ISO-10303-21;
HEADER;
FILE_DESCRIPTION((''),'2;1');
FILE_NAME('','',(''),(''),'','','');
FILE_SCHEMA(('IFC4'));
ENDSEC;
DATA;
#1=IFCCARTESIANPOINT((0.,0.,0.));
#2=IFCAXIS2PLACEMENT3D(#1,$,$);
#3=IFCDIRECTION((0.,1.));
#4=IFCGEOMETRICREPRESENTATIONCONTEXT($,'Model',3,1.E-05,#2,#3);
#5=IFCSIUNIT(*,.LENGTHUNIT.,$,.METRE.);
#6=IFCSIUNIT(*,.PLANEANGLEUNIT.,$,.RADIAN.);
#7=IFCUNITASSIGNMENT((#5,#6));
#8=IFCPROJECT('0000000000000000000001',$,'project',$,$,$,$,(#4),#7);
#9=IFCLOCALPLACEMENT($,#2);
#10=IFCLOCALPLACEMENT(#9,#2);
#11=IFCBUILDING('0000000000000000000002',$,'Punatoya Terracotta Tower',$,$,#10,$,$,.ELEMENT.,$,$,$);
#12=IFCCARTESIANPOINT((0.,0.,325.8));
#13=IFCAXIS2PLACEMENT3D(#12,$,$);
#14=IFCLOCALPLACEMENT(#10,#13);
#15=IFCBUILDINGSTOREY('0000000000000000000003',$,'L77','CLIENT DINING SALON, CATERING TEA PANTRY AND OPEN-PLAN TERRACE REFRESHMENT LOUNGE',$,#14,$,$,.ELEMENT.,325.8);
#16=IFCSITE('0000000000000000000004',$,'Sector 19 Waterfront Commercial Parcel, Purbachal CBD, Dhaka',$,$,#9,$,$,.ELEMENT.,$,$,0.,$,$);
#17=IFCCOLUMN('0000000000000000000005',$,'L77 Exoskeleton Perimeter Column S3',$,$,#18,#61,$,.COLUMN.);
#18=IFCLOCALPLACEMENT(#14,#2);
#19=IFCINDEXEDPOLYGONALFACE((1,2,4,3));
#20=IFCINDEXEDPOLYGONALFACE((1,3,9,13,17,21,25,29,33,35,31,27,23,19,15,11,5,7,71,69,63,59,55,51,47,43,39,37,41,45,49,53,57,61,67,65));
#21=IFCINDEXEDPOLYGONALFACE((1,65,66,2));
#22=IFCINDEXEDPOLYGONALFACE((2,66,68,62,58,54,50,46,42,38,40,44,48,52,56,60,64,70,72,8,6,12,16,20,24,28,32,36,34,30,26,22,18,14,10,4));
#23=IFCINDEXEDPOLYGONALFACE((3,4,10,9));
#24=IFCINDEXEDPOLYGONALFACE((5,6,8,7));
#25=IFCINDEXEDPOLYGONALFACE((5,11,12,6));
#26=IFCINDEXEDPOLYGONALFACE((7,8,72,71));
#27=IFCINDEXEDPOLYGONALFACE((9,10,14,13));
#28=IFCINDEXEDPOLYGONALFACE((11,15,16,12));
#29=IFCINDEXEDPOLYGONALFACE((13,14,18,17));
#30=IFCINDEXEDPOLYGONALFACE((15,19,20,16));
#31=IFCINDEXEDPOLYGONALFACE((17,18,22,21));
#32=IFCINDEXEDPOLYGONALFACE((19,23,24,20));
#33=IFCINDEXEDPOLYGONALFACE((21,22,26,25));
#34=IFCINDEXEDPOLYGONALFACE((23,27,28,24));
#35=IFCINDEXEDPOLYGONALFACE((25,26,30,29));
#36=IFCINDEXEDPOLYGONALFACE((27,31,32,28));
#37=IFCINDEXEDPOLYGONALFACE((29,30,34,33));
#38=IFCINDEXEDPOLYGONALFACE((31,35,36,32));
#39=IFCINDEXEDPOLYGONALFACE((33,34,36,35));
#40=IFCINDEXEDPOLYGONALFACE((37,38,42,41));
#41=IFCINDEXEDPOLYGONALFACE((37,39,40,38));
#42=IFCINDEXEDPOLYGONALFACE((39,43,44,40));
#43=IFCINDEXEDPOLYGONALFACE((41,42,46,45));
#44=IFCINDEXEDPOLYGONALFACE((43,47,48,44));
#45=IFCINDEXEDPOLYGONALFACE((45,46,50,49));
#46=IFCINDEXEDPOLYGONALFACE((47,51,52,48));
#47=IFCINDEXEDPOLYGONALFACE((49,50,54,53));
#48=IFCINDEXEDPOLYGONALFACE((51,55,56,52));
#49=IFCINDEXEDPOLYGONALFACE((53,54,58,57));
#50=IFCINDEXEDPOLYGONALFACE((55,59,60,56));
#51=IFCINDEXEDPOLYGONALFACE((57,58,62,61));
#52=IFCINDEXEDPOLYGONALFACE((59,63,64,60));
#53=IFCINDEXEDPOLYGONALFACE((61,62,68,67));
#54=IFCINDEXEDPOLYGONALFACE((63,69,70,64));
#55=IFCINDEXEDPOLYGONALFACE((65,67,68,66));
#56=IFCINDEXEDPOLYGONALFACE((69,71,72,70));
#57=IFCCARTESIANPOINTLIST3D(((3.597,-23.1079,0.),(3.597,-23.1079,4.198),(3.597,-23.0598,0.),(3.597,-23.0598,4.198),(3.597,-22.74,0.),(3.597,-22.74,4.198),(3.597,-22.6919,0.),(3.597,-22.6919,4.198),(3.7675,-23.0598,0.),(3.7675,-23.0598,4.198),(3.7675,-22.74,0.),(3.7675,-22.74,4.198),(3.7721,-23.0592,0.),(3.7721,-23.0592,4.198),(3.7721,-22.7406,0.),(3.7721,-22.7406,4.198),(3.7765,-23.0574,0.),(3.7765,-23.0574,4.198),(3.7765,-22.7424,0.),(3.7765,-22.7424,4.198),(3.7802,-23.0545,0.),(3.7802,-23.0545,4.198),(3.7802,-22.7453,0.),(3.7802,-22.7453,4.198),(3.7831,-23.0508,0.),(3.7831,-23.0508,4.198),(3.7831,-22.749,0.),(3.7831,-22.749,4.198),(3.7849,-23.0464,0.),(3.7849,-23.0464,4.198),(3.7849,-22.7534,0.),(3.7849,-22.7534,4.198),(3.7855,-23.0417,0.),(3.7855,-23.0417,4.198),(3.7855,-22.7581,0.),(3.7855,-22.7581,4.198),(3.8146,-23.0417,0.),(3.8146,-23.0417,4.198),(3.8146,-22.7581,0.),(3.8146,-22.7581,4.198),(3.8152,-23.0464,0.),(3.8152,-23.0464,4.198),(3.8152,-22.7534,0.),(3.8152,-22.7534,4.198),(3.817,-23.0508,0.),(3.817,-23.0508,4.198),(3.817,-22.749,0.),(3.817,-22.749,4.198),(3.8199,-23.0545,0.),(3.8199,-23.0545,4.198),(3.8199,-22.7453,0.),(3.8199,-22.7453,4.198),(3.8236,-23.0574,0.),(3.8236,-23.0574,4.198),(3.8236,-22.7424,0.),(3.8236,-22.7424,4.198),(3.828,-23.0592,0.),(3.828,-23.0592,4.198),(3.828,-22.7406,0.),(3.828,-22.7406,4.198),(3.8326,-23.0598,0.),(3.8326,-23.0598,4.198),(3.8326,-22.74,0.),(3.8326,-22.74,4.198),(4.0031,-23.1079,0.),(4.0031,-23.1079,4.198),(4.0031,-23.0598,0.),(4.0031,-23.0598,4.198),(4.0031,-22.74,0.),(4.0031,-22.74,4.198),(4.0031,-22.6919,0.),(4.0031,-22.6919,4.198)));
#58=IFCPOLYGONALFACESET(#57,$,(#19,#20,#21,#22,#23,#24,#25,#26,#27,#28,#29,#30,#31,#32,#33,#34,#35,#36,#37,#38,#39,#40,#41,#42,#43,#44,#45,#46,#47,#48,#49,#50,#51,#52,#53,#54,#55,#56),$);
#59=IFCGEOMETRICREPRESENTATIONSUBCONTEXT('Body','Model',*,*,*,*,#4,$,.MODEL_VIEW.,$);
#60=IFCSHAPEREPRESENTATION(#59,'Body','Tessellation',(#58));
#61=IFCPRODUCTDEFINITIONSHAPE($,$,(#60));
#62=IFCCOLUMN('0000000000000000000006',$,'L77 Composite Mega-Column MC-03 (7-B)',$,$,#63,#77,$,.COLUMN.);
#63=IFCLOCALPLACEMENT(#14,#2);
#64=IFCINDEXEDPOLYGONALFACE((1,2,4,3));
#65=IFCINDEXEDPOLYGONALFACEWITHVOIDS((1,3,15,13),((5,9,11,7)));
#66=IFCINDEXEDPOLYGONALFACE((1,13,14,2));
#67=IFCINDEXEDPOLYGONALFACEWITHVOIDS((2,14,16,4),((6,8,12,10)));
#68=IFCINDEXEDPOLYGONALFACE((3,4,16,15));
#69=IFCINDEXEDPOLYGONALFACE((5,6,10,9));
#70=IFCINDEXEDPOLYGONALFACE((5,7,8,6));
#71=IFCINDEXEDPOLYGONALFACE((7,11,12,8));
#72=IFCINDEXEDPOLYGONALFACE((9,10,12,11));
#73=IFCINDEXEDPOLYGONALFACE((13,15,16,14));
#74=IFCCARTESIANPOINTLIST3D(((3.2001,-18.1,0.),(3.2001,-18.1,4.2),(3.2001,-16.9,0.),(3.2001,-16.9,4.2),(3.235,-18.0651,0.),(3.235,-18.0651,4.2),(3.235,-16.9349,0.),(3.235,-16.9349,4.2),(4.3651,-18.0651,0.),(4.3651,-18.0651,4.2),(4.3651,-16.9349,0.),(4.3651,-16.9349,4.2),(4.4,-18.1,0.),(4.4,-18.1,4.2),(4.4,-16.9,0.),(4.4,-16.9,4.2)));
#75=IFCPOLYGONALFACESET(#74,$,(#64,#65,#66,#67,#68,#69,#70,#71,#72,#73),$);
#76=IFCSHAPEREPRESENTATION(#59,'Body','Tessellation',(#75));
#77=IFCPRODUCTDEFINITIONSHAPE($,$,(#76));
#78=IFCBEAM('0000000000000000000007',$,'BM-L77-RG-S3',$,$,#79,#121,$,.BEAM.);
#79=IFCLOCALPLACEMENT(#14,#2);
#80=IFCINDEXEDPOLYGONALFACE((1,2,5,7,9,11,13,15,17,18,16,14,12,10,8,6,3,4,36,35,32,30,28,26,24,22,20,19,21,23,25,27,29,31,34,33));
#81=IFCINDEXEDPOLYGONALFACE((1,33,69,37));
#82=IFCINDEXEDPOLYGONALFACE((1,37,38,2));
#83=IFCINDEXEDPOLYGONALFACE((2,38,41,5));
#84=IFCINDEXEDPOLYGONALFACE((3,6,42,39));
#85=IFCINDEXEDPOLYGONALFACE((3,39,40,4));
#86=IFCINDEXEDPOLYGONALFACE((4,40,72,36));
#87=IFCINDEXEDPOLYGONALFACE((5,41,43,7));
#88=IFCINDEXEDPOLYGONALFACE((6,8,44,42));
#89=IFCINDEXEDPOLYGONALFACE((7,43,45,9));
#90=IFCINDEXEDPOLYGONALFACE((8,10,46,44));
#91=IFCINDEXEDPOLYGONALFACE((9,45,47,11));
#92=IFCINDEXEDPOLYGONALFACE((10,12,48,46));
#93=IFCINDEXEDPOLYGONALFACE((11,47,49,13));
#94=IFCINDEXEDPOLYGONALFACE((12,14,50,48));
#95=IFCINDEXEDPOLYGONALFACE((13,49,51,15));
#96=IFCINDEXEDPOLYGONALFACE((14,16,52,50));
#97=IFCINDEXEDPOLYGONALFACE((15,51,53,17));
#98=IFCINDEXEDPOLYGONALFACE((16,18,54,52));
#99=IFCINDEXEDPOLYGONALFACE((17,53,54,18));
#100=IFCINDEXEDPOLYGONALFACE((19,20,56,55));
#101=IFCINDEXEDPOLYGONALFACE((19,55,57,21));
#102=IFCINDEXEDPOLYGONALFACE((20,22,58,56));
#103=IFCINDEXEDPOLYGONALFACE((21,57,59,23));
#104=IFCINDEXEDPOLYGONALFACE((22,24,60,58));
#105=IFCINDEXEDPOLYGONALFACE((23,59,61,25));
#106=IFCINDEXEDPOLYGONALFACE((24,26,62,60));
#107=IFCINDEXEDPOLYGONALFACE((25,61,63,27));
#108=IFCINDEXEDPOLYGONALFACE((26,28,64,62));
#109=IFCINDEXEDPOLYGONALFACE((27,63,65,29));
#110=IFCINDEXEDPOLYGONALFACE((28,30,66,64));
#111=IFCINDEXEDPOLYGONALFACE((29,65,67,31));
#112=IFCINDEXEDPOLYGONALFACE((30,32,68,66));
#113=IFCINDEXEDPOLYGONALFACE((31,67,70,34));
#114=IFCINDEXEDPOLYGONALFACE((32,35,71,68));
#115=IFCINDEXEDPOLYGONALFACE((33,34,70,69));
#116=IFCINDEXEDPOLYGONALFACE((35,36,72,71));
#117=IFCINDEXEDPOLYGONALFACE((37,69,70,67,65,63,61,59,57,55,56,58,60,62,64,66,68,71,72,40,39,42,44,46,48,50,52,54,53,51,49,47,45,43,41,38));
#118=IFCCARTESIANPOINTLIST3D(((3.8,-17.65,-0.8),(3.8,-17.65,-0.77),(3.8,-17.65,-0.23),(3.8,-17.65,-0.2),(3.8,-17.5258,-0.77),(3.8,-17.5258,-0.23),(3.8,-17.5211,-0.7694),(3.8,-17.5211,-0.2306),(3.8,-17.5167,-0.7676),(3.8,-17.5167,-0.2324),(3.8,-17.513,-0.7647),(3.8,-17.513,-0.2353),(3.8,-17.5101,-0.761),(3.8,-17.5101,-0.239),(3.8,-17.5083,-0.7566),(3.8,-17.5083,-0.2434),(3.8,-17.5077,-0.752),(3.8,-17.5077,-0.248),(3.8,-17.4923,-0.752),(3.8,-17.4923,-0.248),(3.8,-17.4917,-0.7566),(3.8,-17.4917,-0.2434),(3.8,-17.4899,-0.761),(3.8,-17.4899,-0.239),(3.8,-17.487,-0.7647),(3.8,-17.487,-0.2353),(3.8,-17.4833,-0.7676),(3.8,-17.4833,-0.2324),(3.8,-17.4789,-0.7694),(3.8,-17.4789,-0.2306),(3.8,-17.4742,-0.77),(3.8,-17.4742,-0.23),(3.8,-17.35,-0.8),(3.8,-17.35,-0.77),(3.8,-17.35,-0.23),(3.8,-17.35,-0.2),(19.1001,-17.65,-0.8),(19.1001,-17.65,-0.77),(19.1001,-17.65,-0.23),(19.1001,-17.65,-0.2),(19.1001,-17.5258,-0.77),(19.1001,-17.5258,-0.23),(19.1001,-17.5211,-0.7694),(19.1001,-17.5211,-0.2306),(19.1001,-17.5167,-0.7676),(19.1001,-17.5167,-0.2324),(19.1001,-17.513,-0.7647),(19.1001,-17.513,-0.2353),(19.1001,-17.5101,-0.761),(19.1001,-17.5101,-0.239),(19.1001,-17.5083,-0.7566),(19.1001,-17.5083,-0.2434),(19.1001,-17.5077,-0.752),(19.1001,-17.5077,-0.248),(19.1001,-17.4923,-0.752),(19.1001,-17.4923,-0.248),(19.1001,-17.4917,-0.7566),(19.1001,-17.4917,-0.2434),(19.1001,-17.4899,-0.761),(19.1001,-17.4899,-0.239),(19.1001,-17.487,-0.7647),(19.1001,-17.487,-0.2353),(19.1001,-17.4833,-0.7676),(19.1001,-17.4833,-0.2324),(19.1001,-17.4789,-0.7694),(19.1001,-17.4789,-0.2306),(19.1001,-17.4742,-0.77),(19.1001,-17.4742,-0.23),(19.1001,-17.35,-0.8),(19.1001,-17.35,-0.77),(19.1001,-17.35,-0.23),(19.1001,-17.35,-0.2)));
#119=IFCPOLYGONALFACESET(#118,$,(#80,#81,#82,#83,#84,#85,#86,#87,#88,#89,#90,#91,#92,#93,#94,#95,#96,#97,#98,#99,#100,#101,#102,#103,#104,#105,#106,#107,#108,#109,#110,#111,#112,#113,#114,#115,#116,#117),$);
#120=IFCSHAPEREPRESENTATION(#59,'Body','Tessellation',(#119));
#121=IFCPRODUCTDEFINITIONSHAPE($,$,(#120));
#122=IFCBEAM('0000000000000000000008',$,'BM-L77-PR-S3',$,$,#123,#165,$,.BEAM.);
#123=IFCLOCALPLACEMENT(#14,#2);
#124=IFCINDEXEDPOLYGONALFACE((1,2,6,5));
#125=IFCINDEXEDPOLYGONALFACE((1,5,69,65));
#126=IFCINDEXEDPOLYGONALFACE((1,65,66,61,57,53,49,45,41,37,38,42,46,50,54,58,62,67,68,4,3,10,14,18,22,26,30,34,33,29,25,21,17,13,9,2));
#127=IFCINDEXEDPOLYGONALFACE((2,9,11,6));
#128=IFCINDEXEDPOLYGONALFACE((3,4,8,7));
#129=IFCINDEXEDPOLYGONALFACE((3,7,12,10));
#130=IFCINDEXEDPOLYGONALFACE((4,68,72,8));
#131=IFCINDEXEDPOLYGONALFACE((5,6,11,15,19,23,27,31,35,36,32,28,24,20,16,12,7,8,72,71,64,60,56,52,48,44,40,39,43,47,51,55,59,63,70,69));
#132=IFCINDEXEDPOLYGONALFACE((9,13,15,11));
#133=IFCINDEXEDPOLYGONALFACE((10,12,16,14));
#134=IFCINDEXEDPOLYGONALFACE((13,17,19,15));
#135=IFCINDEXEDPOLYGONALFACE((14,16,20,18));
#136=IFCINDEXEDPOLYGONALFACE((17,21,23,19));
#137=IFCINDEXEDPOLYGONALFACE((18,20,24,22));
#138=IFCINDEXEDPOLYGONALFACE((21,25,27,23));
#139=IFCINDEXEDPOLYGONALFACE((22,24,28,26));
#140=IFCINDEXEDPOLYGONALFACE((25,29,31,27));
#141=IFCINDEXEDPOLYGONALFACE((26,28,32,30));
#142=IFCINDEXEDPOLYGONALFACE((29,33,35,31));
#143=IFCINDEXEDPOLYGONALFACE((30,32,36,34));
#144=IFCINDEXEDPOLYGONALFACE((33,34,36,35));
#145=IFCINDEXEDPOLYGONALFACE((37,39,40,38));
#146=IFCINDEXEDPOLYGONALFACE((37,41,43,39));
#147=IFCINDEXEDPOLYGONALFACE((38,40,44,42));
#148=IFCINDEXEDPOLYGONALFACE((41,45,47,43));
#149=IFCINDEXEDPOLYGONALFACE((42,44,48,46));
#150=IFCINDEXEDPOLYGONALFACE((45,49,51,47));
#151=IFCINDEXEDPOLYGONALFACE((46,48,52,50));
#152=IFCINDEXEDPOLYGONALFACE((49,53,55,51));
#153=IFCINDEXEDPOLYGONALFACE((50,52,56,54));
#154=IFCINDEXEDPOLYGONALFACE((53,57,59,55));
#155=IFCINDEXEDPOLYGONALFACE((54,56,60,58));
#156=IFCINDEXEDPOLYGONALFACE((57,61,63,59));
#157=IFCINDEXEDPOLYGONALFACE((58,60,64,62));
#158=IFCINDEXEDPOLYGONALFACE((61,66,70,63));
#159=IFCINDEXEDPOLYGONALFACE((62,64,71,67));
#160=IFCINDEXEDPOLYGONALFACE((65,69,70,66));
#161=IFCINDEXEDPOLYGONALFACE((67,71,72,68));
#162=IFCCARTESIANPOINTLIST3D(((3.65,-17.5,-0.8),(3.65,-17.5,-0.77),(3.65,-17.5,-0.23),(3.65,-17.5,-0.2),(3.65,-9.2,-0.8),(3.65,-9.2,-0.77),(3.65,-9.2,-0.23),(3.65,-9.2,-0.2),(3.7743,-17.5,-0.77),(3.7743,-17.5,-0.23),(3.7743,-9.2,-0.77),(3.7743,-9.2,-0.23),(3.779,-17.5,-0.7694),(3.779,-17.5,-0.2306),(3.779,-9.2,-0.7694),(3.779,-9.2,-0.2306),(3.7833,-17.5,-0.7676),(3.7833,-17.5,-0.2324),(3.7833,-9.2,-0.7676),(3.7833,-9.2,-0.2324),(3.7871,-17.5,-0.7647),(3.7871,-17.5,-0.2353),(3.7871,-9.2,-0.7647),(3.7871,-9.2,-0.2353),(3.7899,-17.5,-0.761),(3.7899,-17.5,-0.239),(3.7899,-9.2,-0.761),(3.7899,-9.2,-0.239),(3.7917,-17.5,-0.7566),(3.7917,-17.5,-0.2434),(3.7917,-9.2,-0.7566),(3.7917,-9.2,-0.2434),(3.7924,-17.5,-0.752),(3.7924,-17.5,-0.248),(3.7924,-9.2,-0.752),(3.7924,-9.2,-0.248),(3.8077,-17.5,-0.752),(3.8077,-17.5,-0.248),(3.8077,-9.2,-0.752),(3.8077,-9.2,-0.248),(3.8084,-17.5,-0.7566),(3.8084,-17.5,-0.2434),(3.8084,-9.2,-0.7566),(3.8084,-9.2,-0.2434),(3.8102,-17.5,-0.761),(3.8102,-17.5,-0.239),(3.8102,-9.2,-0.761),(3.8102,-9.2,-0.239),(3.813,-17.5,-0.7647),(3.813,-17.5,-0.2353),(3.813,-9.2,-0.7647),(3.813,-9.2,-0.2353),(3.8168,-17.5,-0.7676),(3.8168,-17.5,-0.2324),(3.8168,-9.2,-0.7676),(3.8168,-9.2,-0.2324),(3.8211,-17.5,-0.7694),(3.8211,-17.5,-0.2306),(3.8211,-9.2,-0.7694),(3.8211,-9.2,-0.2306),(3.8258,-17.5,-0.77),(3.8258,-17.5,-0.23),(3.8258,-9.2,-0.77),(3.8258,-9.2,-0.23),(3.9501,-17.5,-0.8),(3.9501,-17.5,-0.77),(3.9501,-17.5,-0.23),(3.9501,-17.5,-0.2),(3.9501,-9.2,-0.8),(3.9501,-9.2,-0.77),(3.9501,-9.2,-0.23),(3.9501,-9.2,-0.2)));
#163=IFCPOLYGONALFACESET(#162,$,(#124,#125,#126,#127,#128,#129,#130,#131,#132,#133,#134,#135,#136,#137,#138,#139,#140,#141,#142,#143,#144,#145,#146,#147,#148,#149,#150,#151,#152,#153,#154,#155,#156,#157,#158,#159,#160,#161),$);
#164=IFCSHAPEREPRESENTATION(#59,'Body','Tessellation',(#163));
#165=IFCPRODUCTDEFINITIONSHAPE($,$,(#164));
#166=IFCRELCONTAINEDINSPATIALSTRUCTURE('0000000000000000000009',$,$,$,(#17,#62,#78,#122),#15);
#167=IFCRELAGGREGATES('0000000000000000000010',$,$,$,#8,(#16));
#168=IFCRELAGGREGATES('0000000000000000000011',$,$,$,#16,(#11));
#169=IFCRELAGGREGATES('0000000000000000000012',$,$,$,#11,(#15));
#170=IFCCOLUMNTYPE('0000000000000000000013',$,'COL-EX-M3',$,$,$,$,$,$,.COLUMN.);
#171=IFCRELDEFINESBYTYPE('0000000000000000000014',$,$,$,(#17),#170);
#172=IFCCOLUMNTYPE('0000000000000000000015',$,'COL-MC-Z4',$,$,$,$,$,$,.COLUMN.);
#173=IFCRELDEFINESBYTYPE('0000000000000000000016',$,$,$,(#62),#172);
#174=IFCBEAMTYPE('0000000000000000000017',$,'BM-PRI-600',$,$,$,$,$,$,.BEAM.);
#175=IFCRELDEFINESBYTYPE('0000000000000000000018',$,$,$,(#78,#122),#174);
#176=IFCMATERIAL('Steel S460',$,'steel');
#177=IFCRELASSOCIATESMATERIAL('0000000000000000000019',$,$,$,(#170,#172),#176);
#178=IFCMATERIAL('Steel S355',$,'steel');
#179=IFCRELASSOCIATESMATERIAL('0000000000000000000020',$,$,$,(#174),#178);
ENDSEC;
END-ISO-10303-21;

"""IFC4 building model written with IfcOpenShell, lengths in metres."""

from ifc_helpers import new_model, si_unit, direction, frame, origin, origin_2d, place, context, subcontext, project, spatial, hollow_rectangle, i_section, extrude, material, material_profile, profile_set, type_object, element, save


model = new_model("IFC4")

# Units and contexts
model_context = context("Model", 3, precision=1e-05, world=origin(), true_north=direction((0.0, 1.0)))
body_context = subcontext(model_context, "Body", "Model", "MODEL_VIEW")
ifc_project = project(units=[si_unit("LENGTHUNIT", "METRE"), si_unit("PLANEANGLEUNIT", "RADIAN")], contexts=[model_context])

# Site, building, storey
site_placement = place(None, origin())
site = spatial("IfcSite", under=ifc_project, at=site_placement, Name="Sector 19 Waterfront Commercial Parcel, Purbachal CBD, Dhaka", CompositionType="ELEMENT", RefElevation=0.0)
building_placement = place(site_placement, origin())
building = spatial("IfcBuilding", under=site, at=building_placement, Name="Punatoya Terracotta Tower", CompositionType="ELEMENT")
storey_placement = place(building_placement, frame((0.0, 0.0, 325.8)))
storey = spatial("IfcBuildingStorey", under=building, at=storey_placement, Name="L77", Description="CLIENT DINING SALON, CATERING TEA PANTRY AND OPEN-PLAN TERRACE REFRESHMENT LOUNGE", CompositionType="ELEMENT", Elevation=325.8)

# Columns
ifc_material_1 = material(Name="Steel S460", Category="steel")
ifc_material_profile_1 = material_profile(ifc_material_1, i_section(OverallWidth=0.406, OverallDepth=0.416, WebThickness=0.0291, FlangeThickness=0.0481, FilletRadius=0.0181, at=origin_2d()))
ifc_profile_set_1 = profile_set([ifc_material_profile_1], Name="Steel S460")
column_type_1 = type_object("IfcColumnType", Name="COL-EX-M3", PredefinedType="COLUMN", material=ifc_profile_set_1)
column_1_placement = place(storey_placement, frame((3.8, -22.8999, 0.0), z_axis=(0.0, 0.0, 1.0), x_axis=(1.0, 0.0, 0.0)))
element("IfcColumn", 1, at=column_1_placement, inside=storey, type_object=column_type_1, Name="L77 Exoskeleton Perimeter Column S3", PredefinedType="COLUMN", context=body_context, shape_type="SweptSolid", body=[
    extrude(i_section(OverallWidth=0.406, OverallDepth=0.416, WebThickness=0.0291, FlangeThickness=0.0481, FilletRadius=0.0181, at=origin_2d()), origin(), (0.0, 0.0, 1.0), 4.198),
])
ifc_material_profile_2 = material_profile(ifc_material_1, hollow_rectangle(XDim=1.2, YDim=1.2, WallThickness=0.0349, at=origin_2d()))
ifc_profile_set_2 = profile_set([ifc_material_profile_2], Name="Steel S460")
column_type_2 = type_object("IfcColumnType", Name="COL-MC-Z4", PredefinedType="COLUMN", material=ifc_profile_set_2)
column_2_placement = place(storey_placement, frame((3.8, -17.5, 0.0), z_axis=(0.0, 0.0, 1.0), x_axis=(1.0, 0.0, 0.0)))
element("IfcColumn", 2, at=column_2_placement, inside=storey, type_object=column_type_2, Name="L77 Composite Mega-Column MC-03 (7-B)", PredefinedType="COLUMN", context=body_context, shape_type="SweptSolid", body=[
    extrude(hollow_rectangle(XDim=1.2, YDim=1.2, WallThickness=0.0349, at=origin_2d()), origin(), (0.0, 0.0, 1.0), 4.2),
])

# Beams
ifc_material_2 = material(Name="Steel S355", Category="steel")
ifc_material_profile_3 = material_profile(ifc_material_2, i_section(OverallWidth=0.3, OverallDepth=0.6001, WebThickness=0.0154, FlangeThickness=0.03, FilletRadius=0.0181, at=origin_2d()))
ifc_profile_set_3 = profile_set([ifc_material_profile_3], Name="Steel S355")
beam_type_1 = type_object("IfcBeamType", Name="BM-PRI-600", PredefinedType="BEAM", material=ifc_profile_set_3)
beam_1_placement = place(storey_placement, frame((3.8, -17.5, -0.5), z_axis=(1.0, 0.0, 0.0), x_axis=(0.0, 1.0, 0.0)))
element("IfcBeam", 3, at=beam_1_placement, inside=storey, type_object=beam_type_1, Name="BM-L77-RG-S3", PredefinedType="BEAM", context=body_context, shape_type="SweptSolid", body=[
    extrude(i_section(OverallWidth=0.3, OverallDepth=0.6001, WebThickness=0.0154, FlangeThickness=0.03, FilletRadius=0.0181, at=origin_2d()), origin(), (0.0, 0.0, 1.0), 15.3),
])
beam_2_placement = place(storey_placement, frame((3.8, -17.5, -0.5), z_axis=(0.0, 1.0, 0.0), x_axis=(-1.0, 0.0, 0.0)))
element("IfcBeam", 4, at=beam_2_placement, inside=storey, type_object=beam_type_1, Name="BM-L77-PR-S3", PredefinedType="BEAM", context=body_context, shape_type="SweptSolid", body=[
    extrude(i_section(OverallWidth=0.3, OverallDepth=0.6001, WebThickness=0.0154, FlangeThickness=0.03, FilletRadius=0.0181, at=origin_2d()), origin(), (0.0, 0.0, 1.0), 8.3),
])

save(model, "model.ifc")
